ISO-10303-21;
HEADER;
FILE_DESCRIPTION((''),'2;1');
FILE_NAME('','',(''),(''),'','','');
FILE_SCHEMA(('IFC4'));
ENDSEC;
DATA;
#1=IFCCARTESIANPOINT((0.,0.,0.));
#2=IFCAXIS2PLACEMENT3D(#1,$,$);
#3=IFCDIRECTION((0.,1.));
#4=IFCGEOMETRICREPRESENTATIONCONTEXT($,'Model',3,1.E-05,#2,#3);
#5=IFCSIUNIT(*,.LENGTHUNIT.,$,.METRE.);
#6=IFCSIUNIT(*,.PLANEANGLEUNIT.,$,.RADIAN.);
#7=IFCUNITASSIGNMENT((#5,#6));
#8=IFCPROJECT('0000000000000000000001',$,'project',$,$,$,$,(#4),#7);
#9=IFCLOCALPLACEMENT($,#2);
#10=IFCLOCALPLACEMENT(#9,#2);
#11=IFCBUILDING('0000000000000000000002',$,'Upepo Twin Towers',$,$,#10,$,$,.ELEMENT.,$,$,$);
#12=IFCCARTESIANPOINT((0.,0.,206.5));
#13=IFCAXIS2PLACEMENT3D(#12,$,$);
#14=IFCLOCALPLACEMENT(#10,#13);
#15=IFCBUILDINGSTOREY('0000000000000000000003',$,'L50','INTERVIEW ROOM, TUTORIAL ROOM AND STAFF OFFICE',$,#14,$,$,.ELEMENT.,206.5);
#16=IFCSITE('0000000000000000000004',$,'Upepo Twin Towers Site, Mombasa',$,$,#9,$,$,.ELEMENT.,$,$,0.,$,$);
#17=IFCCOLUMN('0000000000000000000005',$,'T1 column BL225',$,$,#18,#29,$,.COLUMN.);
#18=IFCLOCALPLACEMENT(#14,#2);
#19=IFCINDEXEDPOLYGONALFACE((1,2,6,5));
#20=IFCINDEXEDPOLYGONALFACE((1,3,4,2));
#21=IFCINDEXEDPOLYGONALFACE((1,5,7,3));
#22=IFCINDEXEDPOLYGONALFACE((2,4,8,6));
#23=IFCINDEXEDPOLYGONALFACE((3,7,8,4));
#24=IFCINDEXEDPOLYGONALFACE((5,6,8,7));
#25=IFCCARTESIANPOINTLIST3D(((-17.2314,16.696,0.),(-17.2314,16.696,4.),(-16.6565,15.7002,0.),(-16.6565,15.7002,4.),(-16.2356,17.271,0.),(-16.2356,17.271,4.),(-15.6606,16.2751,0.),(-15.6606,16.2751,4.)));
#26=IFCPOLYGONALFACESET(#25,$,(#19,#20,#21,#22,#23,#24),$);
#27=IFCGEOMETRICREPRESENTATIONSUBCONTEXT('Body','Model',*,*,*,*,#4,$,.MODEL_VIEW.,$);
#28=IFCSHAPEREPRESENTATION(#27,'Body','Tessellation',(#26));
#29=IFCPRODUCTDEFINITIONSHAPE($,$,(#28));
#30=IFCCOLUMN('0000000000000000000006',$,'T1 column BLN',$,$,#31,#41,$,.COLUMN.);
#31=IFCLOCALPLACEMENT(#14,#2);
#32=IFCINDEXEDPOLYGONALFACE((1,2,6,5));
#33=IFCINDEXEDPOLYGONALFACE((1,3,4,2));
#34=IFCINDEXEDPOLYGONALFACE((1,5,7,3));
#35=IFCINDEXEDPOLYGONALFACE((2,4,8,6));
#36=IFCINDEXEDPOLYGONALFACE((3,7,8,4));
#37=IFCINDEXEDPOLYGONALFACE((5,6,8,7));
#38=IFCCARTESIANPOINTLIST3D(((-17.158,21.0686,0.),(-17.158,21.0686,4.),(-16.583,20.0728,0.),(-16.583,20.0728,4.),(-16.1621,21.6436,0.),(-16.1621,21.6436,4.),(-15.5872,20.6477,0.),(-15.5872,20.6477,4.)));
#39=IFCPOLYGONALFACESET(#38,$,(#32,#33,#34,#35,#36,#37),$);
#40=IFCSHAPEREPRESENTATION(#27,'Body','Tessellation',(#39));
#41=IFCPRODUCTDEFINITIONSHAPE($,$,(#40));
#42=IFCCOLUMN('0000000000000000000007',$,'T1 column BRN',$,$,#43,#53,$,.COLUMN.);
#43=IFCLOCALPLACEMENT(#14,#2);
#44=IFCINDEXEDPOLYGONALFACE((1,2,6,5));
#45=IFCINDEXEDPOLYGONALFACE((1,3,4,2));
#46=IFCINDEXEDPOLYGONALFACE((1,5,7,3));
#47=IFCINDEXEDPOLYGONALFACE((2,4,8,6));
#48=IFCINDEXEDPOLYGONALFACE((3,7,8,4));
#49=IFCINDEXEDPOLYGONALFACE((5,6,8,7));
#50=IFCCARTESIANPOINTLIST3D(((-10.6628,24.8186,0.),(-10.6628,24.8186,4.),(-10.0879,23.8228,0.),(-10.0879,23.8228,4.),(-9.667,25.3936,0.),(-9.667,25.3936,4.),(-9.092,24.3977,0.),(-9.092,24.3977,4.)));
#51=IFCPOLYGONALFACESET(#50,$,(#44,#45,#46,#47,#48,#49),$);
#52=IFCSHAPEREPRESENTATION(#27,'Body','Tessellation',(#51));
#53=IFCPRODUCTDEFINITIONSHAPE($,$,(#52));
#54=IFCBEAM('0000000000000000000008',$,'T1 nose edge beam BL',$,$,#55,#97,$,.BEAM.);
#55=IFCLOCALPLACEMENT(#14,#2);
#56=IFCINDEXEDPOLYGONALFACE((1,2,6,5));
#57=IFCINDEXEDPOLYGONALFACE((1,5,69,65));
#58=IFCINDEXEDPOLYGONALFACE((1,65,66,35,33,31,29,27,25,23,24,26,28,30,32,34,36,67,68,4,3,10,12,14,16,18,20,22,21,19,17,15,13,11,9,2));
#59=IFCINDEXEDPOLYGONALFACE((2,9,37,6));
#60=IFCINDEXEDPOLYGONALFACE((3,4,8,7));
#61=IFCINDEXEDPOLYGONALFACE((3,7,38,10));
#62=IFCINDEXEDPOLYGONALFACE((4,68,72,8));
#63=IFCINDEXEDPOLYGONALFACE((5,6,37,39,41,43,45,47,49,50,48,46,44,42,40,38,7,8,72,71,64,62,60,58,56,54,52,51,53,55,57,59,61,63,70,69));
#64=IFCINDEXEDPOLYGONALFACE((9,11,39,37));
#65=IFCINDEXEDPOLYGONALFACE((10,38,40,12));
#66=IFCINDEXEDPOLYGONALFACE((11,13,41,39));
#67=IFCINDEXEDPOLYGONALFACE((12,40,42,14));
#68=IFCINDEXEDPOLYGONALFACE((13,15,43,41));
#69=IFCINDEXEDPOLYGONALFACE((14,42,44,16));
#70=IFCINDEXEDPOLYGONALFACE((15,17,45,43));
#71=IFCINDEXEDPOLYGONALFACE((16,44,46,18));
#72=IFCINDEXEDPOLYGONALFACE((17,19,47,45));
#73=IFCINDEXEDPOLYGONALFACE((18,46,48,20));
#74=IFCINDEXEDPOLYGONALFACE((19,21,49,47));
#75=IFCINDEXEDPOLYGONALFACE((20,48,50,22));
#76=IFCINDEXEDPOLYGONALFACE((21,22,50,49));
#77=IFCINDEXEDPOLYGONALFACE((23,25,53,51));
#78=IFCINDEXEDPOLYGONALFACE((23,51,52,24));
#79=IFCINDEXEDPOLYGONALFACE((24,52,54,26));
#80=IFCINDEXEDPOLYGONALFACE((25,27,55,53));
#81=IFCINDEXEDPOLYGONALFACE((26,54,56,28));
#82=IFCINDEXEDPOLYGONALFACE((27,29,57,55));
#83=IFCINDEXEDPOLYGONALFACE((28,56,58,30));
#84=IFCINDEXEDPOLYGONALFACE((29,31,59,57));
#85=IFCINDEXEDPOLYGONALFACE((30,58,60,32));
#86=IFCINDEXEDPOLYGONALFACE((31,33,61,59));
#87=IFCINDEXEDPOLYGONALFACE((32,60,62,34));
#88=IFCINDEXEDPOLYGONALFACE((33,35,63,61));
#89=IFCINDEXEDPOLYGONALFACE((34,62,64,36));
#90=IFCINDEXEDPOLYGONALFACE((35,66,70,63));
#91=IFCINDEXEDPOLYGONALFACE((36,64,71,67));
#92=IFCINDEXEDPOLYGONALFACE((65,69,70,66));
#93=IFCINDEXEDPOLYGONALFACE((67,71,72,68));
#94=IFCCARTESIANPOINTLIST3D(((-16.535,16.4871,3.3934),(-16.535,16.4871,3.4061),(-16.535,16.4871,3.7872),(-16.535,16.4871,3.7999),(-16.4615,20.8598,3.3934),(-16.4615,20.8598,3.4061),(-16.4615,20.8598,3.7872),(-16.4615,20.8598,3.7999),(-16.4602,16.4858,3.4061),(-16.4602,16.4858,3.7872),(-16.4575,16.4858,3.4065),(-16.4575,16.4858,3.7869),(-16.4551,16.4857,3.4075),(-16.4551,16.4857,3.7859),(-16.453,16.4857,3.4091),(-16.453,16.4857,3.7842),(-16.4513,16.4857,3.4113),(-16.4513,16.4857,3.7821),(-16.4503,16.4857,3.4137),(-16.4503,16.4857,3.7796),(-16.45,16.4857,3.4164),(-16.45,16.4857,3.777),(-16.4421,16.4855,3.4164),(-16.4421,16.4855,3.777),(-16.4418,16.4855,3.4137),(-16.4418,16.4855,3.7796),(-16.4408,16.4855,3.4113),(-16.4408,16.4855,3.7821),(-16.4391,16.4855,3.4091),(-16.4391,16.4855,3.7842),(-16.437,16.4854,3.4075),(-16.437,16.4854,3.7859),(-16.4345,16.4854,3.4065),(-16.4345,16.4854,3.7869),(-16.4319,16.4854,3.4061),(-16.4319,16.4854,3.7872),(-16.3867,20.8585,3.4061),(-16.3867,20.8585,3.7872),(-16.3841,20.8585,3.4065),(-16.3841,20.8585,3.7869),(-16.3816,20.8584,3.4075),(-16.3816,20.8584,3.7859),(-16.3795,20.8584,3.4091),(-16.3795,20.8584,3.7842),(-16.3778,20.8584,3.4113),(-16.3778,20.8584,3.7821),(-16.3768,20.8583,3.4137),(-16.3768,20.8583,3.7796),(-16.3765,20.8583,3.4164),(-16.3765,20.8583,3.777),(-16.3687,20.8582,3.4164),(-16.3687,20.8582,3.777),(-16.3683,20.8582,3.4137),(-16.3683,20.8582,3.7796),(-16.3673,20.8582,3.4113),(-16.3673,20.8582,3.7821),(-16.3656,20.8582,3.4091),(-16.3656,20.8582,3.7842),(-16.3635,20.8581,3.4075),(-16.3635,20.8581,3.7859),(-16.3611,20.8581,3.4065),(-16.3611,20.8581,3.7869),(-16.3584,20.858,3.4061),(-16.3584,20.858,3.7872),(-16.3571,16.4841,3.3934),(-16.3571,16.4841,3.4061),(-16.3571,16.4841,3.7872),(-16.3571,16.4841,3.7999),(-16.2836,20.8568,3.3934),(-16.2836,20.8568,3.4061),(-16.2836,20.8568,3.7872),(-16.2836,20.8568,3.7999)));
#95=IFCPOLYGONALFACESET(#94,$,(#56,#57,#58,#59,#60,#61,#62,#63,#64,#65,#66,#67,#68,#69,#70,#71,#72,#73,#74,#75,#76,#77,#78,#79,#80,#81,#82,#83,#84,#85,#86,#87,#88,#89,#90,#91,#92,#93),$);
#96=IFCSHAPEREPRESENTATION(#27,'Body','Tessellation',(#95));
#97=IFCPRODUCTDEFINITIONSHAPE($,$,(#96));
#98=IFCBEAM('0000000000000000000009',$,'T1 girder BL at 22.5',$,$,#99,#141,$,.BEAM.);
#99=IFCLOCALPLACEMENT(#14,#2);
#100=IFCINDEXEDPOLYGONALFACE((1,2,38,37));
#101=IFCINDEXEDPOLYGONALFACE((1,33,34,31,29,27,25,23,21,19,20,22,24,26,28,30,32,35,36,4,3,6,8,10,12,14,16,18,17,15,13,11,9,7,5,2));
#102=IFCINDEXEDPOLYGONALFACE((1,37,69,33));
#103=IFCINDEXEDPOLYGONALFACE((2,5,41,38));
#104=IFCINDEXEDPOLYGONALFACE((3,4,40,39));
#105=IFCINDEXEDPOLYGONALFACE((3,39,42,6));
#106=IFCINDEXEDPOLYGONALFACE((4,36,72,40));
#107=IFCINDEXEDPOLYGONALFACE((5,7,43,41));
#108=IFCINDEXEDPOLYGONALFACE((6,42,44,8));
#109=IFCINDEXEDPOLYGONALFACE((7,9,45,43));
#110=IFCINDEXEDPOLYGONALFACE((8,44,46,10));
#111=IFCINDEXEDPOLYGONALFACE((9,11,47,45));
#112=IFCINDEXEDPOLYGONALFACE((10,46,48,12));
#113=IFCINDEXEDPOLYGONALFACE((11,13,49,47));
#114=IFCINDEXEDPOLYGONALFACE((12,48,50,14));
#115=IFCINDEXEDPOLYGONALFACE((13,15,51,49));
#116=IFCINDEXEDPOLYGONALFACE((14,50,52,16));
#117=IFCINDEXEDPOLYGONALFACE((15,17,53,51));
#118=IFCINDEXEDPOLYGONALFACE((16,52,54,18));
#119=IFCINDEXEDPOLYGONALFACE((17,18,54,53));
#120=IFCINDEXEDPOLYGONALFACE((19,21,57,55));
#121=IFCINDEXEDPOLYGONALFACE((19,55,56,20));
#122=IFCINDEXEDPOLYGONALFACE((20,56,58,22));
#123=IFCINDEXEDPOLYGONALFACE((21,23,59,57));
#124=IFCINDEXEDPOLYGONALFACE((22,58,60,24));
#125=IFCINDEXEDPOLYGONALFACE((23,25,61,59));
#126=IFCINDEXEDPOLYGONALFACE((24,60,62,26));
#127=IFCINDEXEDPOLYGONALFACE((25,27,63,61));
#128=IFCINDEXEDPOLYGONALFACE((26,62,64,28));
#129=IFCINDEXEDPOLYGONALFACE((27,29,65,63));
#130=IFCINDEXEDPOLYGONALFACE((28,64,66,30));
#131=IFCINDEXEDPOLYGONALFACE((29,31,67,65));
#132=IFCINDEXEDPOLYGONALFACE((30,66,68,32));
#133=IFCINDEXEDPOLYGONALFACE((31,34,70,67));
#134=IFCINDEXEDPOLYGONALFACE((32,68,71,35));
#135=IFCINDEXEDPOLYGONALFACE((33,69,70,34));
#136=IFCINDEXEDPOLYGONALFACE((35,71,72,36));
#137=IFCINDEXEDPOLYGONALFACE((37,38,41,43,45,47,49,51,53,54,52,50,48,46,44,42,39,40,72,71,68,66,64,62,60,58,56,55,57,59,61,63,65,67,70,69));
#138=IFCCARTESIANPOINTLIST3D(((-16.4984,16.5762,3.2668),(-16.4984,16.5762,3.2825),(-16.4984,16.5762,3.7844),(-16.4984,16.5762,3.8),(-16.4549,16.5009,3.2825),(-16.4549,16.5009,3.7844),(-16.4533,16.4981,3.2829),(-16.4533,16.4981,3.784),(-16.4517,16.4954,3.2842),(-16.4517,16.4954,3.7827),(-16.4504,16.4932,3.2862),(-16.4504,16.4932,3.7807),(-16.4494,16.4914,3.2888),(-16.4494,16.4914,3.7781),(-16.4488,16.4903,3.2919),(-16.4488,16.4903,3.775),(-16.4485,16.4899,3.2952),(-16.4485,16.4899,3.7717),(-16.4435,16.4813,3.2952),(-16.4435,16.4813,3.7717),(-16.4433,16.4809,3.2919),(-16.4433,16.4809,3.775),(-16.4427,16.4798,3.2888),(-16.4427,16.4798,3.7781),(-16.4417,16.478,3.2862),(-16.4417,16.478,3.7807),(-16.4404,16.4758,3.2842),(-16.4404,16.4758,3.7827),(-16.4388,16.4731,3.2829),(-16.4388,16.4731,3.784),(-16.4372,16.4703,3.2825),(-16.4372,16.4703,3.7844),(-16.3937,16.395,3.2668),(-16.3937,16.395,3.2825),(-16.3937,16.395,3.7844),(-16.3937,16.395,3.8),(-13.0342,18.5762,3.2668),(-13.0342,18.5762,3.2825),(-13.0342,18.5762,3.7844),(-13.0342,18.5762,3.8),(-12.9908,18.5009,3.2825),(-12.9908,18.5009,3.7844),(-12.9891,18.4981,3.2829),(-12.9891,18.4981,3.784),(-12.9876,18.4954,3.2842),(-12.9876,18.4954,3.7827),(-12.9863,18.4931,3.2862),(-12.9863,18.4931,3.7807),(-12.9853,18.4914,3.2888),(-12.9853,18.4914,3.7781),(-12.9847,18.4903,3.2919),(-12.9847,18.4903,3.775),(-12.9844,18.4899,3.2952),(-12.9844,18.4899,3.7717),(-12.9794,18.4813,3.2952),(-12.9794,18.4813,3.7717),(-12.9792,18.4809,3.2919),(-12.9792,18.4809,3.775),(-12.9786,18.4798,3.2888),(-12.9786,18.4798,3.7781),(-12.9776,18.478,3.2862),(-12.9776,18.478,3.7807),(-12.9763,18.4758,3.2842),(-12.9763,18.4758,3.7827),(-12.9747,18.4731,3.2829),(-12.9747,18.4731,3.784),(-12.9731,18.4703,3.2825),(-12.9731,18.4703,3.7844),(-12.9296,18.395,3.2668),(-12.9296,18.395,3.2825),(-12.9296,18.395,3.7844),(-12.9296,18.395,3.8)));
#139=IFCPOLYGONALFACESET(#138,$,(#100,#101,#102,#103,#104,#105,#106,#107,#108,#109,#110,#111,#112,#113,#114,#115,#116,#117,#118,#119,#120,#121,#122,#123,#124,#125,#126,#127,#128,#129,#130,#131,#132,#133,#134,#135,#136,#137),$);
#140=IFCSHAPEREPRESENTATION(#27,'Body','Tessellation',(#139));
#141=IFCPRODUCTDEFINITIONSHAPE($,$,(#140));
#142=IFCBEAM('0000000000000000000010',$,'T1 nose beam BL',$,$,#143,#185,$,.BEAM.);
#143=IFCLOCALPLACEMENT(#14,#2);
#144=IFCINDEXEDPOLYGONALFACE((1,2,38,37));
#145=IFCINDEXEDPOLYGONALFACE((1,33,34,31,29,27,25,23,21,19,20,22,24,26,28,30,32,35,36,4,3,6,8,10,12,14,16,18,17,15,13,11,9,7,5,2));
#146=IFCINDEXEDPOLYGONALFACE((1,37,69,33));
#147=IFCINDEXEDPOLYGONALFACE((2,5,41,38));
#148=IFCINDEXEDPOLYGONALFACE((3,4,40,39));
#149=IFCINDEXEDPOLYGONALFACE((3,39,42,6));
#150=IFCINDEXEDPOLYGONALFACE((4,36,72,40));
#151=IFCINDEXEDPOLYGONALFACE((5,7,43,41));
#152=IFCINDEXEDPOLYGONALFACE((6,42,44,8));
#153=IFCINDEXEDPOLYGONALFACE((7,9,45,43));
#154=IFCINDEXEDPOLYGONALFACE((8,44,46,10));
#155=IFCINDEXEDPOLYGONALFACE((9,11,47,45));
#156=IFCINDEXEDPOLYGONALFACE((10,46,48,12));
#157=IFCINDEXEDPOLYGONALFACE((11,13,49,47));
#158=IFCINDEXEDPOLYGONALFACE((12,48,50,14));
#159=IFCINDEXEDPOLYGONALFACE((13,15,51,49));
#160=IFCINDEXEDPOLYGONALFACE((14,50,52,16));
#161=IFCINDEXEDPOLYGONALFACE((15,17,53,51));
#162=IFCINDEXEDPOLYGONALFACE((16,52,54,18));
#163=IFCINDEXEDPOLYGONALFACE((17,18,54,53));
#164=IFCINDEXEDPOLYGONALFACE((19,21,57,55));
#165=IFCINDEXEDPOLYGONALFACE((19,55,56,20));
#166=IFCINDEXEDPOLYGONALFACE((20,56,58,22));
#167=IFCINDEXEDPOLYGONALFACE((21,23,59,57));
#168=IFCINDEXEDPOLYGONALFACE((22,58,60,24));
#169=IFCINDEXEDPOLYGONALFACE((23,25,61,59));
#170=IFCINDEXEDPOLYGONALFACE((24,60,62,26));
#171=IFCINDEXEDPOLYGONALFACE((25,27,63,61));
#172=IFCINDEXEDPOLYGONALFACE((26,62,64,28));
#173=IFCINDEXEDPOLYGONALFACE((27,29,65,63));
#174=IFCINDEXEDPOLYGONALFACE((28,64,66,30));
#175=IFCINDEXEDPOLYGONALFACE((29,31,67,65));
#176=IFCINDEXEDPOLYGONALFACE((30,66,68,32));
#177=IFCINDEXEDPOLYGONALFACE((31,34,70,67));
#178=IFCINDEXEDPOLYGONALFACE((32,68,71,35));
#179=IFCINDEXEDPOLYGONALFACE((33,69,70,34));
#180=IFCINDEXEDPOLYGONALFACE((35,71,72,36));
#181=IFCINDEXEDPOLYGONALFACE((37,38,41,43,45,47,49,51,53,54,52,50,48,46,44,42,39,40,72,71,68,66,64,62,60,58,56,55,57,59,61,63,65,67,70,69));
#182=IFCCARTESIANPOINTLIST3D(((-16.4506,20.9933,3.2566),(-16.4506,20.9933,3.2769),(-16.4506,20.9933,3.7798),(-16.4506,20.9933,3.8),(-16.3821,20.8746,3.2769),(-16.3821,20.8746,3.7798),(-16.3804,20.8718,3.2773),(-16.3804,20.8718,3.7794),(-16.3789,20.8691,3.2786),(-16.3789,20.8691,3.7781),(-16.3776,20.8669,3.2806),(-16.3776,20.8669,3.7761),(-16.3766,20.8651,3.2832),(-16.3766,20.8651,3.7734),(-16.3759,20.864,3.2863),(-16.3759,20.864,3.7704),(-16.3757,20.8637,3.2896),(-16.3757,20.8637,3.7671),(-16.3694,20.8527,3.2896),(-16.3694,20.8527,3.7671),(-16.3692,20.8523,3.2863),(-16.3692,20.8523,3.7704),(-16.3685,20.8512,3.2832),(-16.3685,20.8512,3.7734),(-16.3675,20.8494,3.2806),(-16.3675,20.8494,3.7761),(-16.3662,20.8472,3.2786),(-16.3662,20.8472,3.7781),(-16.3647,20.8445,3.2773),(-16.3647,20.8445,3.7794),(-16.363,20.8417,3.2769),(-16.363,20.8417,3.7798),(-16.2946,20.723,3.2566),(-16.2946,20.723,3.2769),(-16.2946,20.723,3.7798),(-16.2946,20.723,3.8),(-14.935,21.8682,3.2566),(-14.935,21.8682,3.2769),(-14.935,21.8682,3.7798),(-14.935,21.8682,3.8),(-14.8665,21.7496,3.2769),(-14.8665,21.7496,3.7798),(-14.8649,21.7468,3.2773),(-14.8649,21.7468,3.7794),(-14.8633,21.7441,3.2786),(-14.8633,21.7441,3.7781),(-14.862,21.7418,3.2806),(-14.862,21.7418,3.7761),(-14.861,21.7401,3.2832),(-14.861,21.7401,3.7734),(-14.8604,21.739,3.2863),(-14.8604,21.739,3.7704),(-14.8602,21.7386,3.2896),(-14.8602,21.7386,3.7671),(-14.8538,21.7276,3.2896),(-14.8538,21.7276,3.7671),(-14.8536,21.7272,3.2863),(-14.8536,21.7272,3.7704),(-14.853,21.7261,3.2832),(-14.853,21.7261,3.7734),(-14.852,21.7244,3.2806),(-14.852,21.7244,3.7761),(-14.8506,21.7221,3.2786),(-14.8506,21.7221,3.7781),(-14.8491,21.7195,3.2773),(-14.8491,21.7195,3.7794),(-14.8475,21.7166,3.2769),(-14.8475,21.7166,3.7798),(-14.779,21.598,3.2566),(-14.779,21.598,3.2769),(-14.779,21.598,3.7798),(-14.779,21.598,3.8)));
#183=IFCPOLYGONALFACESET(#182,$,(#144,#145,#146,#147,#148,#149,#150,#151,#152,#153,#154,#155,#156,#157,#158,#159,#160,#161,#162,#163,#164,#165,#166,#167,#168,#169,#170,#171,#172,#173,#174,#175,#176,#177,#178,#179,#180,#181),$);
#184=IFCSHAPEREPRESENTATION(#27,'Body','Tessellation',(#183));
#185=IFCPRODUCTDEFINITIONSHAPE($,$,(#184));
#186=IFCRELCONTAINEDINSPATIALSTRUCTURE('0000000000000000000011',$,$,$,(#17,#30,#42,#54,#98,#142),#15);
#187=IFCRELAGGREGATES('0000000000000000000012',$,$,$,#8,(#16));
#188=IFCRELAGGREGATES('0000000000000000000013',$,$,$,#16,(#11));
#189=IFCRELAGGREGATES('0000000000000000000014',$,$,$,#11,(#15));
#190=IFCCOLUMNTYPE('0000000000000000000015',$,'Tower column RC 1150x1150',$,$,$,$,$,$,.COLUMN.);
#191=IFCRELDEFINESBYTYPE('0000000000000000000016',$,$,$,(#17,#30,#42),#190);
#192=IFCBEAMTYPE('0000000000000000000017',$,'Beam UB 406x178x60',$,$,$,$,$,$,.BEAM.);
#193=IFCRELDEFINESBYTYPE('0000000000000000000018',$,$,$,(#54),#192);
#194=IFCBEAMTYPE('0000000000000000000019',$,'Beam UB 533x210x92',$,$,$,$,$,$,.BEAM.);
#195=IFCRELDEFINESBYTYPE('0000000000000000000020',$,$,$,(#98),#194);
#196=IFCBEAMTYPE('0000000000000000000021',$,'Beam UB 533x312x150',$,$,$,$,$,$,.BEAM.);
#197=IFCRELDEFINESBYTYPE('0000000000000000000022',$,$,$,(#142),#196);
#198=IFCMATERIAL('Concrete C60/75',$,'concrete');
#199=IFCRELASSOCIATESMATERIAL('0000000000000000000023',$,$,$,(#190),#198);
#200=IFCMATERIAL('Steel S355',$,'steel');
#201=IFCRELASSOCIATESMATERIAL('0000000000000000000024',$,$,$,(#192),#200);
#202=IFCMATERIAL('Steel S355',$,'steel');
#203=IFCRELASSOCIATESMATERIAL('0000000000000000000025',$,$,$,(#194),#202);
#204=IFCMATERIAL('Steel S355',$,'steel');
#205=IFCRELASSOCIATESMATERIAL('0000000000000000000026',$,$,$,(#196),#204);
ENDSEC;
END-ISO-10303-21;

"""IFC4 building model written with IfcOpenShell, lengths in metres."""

from ifc_helpers import new_model, si_unit, direction, frame, origin, origin_2d, place, context, subcontext, project, spatial, rectangle, i_section, extrude, material, material_profile, profile_set, type_object, element, save


model = new_model("IFC4")

# Units and contexts
model_context = context("Model", 3, precision=1e-05, world=origin(), true_north=direction((0.0, 1.0)))
body_context = subcontext(model_context, "Body", "Model", "MODEL_VIEW")
ifc_project = project(units=[si_unit("LENGTHUNIT", "METRE"), si_unit("PLANEANGLEUNIT", "RADIAN")], contexts=[model_context])

# Site, building, storey
site_placement = place(None, origin())
site = spatial("IfcSite", under=ifc_project, at=site_placement, Name="Upepo Twin Towers Site, Mombasa", CompositionType="ELEMENT", RefElevation=0.0)
building_placement = place(site_placement, origin())
building = spatial("IfcBuilding", under=site, at=building_placement, Name="Upepo Twin Towers", CompositionType="ELEMENT")
storey_placement = place(building_placement, frame((0.0, 0.0, 206.5)))
storey = spatial("IfcBuildingStorey", under=building, at=storey_placement, Name="L50", Description="INTERVIEW ROOM, TUTORIAL ROOM AND STAFF OFFICE", CompositionType="ELEMENT", Elevation=206.5)

# Columns
ifc_material_1 = material(Name="Concrete C60/75", Category="concrete")
ifc_material_profile_1 = material_profile(ifc_material_1, rectangle(XDim=1.1499, YDim=1.1499, at=origin_2d()), Name="RC 1150x1150")
ifc_profile_set_1 = profile_set([ifc_material_profile_1], Name="Concrete C60/75")
column_type = type_object("IfcColumnType", Name="Tower column RC 1150x1150", PredefinedType="COLUMN", material=ifc_profile_set_1)
for number, where, z_axis, x_axis, name in (
    (1, (-16.446, 16.4856, 0.0), (0.0, 0.0, 1.0), (0.866025, 0.5, 0.0), "T1 column BL225"),
    (2, (-16.3726, 20.8582, 0.0), (0.0, 0.0, 1.0), (0.866025, 0.5, 0.0), "T1 column BLN"),
    (3, (-9.8774, 24.6082, 0.0), (0.0, 0.0, 1.0), (0.866025, 0.5, 0.0), "T1 column BRN"),
):
    element("IfcColumn", number, at=place(storey_placement, frame(where, z_axis=z_axis, x_axis=x_axis)), inside=storey, type_object=column_type, Name=name, PredefinedType="COLUMN", context=body_context, shape_type="SweptSolid", body=[
        extrude(rectangle(XDim=1.1499, YDim=1.1499, at=origin_2d()), origin(), (0.0, 0.0, 1.0), 4.0),
    ])

# Beams
ifc_material_2 = material(Name="Steel S355", Category="steel")
ifc_material_profile_2 = material_profile(ifc_material_2, i_section(OverallWidth=0.178, OverallDepth=0.4065, WebThickness=0.0078, FlangeThickness=0.0127, FilletRadius=0.0103, at=origin_2d()), Name="UB 406x178x60")
ifc_profile_set_2 = profile_set([ifc_material_profile_2], Name="Steel S355")
beam_type_1 = type_object("IfcBeamType", Name="Beam UB 406x178x60", PredefinedType="BEAM", material=ifc_profile_set_2)
beam_1_placement = place(storey_placement, frame((-16.446, 16.4856, 3.5967), z_axis=(0.016804, 0.999859, 0.0), x_axis=(-0.999859, 0.016804, 0.0)))
element("IfcBeam", 4, at=beam_1_placement, inside=storey, type_object=beam_type_1, Name="T1 nose edge beam BL", PredefinedType="BEAM", context=body_context, shape_type="SweptSolid", body=[
    extrude(i_section(OverallWidth=0.178, OverallDepth=0.4065, WebThickness=0.0078, FlangeThickness=0.0127, FilletRadius=0.0103, at=origin_2d()), origin(), (0.0, 0.0, 1.0), 4.3733),
])
ifc_material_3 = material(Name="Steel S355", Category="steel")
ifc_material_profile_3 = material_profile(ifc_material_3, i_section(OverallWidth=0.2092, OverallDepth=0.5332, WebThickness=0.01, FlangeThickness=0.0156, FilletRadius=0.0127, at=origin_2d()), Name="UB 533x210x92")
ifc_profile_set_3 = profile_set([ifc_material_profile_3], Name="Steel S355")
beam_type_2 = type_object("IfcBeamType", Name="Beam UB 533x210x92", PredefinedType="BEAM", material=ifc_profile_set_3)
beam_2_placement = place(storey_placement, frame((-16.446, 16.4856, 3.5334), z_axis=(0.866026, 0.499999, 0.0), x_axis=(-0.499999, 0.866026, 0.0)))
element("IfcBeam", 5, at=beam_2_placement, inside=storey, type_object=beam_type_2, Name="T1 girder BL at 22.5", PredefinedType="BEAM", context=body_context, shape_type="SweptSolid", body=[
    extrude(i_section(OverallWidth=0.2092, OverallDepth=0.5332, WebThickness=0.01, FlangeThickness=0.0156, FilletRadius=0.0127, at=origin_2d()), origin(), (0.0, 0.0, 1.0), 4.0),
])
ifc_material_4 = material(Name="Steel S355", Category="steel")
ifc_material_profile_4 = material_profile(ifc_material_4, i_section(OverallWidth=0.312, OverallDepth=0.5435, WebThickness=0.0127, FlangeThickness=0.0203, FilletRadius=0.0127, at=origin_2d()), Name="UB 533x312x150")
ifc_profile_set_4 = profile_set([ifc_material_profile_4], Name="Steel S355")
beam_type_3 = type_object("IfcBeamType", Name="Beam UB 533x312x150", PredefinedType="BEAM", material=ifc_profile_set_4)
for number, where, z_axis, x_axis, name in (
    (6, (-16.3726, 20.8582, 3.5283), (0.866037, 0.49998, 0.0), (-0.49998, 0.866037, 0.0), "T1 nose beam BL"),
):
    element("IfcBeam", number, at=place(storey_placement, frame(where, z_axis=z_axis, x_axis=x_axis)), inside=storey, type_object=beam_type_3, Name=name, PredefinedType="BEAM", context=body_context, shape_type="SweptSolid", body=[
        extrude(i_section(OverallWidth=0.312, OverallDepth=0.5435, WebThickness=0.0127, FlangeThickness=0.0203, FilletRadius=0.0127, at=origin_2d()), origin(), (0.0, 0.0, 1.0), 1.75),
    ])

save(model, "model.ifc")
